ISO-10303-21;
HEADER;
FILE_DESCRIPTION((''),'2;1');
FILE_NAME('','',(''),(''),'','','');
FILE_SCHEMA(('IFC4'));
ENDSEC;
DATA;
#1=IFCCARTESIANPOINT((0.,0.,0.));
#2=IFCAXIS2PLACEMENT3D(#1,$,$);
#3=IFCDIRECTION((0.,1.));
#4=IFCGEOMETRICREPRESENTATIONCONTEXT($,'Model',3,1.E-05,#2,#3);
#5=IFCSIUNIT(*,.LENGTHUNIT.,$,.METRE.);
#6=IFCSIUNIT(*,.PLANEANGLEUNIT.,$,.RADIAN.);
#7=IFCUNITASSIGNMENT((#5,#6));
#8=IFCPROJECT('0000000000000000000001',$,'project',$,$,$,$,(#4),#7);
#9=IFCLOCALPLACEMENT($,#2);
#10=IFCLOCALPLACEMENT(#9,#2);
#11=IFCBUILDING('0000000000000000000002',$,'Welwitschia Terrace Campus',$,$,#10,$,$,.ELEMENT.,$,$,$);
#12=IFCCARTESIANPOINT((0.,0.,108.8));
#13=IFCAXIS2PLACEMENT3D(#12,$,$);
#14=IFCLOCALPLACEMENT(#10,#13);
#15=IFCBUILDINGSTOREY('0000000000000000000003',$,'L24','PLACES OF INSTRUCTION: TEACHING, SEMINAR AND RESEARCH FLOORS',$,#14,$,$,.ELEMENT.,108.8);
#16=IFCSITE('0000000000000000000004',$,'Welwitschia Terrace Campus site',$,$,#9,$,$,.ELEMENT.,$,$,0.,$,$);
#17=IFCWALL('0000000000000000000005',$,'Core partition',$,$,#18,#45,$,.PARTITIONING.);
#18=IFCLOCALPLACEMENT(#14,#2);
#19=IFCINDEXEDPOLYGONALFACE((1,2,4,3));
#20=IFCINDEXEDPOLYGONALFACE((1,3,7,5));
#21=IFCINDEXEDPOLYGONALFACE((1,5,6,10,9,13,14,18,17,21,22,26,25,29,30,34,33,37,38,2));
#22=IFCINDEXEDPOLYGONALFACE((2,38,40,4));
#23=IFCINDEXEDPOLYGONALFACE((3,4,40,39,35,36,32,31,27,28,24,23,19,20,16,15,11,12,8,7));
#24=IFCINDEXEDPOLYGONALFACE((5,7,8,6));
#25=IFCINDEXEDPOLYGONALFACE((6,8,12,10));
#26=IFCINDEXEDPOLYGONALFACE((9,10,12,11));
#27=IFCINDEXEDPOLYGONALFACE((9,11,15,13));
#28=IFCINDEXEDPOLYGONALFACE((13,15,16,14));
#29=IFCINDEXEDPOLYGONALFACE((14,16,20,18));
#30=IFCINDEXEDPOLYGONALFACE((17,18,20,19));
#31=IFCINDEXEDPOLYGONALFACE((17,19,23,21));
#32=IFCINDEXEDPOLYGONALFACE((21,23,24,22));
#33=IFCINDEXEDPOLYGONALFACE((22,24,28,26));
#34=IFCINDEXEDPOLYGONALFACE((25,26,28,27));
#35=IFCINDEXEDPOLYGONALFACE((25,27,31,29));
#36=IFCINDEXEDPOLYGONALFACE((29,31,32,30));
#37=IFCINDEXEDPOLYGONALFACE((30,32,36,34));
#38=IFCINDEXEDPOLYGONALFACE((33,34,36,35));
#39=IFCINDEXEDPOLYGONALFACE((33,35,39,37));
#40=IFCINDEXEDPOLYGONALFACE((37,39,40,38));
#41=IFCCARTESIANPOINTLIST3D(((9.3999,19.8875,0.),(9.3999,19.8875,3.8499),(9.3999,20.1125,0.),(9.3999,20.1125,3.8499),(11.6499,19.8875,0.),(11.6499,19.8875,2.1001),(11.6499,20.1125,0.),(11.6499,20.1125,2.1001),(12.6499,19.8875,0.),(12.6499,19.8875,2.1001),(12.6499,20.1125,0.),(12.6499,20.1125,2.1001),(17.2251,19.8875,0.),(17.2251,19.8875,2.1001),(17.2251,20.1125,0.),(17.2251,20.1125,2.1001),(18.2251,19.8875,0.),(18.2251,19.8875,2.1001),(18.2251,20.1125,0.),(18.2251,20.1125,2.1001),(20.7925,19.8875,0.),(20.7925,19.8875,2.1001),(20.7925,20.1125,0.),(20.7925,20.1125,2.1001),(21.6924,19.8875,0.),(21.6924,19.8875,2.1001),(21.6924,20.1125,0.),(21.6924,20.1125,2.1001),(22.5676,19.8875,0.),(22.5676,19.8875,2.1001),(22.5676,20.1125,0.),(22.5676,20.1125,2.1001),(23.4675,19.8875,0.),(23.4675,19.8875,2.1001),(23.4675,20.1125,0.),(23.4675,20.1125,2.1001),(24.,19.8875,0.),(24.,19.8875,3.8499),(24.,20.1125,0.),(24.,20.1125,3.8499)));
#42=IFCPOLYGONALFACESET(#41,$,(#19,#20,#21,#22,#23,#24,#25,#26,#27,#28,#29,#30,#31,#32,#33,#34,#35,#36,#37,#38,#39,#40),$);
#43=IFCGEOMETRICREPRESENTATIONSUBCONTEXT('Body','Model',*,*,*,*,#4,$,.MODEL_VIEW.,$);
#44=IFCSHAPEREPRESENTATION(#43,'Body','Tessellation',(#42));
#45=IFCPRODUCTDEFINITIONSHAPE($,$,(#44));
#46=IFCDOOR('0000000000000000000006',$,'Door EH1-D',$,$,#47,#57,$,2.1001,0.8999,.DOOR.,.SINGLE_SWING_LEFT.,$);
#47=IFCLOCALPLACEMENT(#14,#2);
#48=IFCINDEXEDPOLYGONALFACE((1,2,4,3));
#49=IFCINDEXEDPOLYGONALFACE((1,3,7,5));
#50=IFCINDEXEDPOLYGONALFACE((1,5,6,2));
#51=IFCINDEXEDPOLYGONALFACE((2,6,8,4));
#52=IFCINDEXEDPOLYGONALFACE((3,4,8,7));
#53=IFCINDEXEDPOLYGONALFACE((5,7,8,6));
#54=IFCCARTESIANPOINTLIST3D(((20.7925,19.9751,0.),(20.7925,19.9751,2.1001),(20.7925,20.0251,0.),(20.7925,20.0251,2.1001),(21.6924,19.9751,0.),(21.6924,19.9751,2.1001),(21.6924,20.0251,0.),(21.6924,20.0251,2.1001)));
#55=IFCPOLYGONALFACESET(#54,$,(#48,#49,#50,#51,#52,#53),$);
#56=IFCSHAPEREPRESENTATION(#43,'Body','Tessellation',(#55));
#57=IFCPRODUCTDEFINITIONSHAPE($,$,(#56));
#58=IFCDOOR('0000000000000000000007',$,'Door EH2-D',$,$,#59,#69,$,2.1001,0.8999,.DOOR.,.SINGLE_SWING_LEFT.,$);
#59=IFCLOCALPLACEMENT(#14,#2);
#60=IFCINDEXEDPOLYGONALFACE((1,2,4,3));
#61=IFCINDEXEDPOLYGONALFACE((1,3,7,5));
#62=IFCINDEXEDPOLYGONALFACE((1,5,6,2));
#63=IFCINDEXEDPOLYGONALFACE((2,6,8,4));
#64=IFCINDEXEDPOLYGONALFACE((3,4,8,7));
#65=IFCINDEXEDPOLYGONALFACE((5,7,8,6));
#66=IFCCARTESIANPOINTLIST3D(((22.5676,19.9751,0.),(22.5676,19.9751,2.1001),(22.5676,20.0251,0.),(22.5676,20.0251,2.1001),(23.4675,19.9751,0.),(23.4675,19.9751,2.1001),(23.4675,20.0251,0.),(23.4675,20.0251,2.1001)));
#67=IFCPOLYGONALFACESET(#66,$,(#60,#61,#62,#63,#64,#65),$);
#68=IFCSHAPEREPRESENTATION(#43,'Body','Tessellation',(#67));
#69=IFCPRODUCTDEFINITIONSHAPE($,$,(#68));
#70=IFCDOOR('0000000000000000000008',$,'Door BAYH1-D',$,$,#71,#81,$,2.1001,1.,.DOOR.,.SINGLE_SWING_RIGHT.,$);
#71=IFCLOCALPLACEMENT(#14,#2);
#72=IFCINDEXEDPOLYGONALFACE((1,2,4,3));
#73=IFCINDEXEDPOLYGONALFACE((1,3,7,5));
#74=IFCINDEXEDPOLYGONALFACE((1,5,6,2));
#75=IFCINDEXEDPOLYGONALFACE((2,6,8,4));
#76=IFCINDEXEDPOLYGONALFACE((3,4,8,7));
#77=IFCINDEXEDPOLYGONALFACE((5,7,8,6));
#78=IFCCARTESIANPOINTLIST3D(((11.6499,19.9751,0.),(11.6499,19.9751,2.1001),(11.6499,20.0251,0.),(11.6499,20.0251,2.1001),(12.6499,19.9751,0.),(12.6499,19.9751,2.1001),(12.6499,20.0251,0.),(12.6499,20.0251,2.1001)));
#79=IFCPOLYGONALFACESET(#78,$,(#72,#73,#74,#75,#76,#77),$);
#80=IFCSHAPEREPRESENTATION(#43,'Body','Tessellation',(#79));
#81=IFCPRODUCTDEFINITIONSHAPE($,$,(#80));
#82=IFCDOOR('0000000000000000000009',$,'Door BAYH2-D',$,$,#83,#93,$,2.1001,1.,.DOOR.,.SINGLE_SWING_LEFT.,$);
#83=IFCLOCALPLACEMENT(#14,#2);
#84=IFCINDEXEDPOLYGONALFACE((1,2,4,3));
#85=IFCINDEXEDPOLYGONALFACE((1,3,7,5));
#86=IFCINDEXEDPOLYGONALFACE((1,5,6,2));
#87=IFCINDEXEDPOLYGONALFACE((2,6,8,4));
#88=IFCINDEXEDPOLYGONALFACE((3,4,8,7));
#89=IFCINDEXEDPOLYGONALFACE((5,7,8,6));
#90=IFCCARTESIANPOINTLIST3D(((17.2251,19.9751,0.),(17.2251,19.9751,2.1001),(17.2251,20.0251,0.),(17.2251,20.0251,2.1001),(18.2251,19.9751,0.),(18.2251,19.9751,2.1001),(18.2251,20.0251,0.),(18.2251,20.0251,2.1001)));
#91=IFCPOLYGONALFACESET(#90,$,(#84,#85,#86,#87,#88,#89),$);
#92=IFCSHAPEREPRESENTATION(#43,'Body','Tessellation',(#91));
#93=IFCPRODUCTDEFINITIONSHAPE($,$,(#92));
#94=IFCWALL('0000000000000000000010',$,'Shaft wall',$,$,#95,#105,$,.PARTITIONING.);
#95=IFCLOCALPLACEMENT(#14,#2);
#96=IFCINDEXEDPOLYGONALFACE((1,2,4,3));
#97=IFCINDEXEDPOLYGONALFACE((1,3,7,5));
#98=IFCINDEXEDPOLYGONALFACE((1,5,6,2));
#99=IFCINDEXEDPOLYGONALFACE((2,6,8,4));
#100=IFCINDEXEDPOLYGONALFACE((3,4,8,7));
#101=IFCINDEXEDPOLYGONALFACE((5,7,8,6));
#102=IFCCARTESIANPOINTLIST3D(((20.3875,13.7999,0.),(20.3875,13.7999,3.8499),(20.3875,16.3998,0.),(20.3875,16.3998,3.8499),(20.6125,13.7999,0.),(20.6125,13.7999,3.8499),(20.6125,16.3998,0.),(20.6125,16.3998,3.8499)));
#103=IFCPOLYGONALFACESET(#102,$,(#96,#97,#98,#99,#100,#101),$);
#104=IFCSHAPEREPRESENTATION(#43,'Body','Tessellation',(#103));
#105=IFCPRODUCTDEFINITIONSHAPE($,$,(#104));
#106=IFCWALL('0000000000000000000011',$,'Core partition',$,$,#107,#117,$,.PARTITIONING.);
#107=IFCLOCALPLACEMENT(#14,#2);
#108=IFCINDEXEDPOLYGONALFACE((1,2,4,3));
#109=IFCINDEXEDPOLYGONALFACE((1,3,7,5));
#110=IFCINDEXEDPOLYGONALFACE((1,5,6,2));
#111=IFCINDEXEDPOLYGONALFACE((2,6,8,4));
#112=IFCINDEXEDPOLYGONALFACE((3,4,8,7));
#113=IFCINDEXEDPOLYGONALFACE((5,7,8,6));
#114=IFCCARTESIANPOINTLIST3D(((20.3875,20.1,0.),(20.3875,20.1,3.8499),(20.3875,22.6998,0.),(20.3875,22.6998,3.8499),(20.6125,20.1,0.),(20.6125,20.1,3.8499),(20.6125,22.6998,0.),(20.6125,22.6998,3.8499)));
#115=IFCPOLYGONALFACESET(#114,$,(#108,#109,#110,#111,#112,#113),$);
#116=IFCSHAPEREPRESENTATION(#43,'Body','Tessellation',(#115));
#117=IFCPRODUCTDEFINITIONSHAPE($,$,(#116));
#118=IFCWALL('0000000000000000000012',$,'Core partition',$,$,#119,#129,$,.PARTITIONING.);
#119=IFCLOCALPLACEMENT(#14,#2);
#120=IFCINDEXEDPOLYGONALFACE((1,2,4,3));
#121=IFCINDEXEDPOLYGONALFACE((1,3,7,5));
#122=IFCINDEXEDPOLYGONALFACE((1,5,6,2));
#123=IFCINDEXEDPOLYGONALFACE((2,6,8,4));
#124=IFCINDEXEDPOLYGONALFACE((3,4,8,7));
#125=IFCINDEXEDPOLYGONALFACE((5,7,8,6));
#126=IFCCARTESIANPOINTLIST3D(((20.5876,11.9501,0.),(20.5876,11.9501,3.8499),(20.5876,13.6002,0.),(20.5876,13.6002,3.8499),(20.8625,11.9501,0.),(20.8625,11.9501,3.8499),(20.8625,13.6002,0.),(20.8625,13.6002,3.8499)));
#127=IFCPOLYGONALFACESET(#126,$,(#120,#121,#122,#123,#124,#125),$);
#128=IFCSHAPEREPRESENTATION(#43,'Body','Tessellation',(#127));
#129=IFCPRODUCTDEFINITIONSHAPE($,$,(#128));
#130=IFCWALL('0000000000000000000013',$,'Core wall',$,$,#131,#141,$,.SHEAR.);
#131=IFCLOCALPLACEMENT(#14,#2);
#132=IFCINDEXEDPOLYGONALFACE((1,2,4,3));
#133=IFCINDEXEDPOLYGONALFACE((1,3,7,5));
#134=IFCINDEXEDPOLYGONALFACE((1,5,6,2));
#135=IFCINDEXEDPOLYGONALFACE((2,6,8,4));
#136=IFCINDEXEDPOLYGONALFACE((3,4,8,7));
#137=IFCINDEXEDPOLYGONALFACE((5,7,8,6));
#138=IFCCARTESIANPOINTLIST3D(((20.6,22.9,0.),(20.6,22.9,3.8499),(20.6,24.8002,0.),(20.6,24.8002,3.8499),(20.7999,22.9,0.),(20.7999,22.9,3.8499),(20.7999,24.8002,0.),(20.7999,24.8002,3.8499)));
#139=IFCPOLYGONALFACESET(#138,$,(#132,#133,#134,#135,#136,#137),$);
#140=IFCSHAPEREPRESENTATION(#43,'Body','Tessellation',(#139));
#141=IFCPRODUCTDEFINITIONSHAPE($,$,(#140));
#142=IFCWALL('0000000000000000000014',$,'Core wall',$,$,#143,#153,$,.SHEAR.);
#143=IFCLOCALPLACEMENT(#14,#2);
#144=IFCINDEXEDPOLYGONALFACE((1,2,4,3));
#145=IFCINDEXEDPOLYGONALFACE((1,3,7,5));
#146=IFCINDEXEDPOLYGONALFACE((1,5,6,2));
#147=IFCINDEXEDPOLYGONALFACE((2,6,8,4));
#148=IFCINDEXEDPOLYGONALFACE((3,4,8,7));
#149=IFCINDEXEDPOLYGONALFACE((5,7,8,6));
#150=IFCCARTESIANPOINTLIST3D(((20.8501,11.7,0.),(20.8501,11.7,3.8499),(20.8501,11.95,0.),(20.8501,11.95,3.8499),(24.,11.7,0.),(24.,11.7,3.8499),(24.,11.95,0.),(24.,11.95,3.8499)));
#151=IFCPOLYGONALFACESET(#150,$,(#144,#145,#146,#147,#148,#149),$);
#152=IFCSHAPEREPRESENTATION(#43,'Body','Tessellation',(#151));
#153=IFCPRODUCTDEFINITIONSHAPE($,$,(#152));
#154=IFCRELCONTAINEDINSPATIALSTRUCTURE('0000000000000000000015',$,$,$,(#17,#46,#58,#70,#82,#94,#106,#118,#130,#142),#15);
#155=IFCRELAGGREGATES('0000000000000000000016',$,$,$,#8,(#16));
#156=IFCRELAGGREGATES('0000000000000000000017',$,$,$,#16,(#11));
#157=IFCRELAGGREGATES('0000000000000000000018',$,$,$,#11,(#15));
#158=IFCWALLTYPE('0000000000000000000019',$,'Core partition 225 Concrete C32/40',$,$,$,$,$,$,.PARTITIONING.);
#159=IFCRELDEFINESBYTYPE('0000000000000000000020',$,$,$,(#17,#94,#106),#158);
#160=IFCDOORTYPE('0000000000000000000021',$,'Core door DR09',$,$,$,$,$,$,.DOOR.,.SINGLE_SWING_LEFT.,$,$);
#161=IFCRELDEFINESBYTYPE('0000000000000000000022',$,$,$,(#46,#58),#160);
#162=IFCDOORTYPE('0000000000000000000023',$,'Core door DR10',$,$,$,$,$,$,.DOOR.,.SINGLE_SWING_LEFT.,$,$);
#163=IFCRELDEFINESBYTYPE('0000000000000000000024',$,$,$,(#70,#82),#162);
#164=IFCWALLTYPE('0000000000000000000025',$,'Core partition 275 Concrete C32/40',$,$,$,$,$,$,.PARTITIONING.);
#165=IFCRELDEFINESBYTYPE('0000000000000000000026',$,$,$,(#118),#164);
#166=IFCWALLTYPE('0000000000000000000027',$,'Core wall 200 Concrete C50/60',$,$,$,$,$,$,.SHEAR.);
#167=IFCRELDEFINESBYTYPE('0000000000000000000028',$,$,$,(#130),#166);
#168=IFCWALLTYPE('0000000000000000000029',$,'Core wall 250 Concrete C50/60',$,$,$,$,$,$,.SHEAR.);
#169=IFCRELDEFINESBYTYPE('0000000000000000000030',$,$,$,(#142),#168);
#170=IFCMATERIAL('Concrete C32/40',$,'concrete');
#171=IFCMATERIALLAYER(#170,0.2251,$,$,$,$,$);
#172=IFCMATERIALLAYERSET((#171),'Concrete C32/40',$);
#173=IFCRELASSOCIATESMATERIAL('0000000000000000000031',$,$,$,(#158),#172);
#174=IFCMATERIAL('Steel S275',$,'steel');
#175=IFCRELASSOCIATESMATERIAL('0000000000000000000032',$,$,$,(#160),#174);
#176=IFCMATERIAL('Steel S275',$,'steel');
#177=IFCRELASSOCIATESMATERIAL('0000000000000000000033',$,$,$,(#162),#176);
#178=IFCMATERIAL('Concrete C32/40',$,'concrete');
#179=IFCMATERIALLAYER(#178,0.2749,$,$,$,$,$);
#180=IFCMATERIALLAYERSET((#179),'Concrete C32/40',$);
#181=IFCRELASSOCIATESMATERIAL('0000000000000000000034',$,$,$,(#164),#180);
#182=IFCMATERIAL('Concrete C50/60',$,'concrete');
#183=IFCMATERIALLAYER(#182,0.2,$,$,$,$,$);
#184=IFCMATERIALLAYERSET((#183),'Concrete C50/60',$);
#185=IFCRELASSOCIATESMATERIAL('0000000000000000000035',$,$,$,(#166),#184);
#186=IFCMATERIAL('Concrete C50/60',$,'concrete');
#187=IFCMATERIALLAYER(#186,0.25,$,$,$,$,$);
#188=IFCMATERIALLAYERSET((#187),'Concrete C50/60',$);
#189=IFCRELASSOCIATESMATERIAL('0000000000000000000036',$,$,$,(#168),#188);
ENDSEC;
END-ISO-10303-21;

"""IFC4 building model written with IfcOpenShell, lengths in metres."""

from ifc_helpers import new_model, si_unit, direction, frame, frame_2d, origin, place, context, subcontext, project, spatial, rectangle, extrude, material, layer, layer_set, type_object, element, fill, save


model = new_model("IFC4")

# Units and contexts
model_context = context("Model", 3, precision=1e-05, world=origin(), true_north=direction((0.0, 1.0)))
body_context = subcontext(model_context, "Body", "Model", "MODEL_VIEW")
ifc_project = project(units=[si_unit("LENGTHUNIT", "METRE"), si_unit("PLANEANGLEUNIT", "RADIAN")], contexts=[model_context])

# Site, building, storey
site_placement = place(None, origin())
site = spatial("IfcSite", under=ifc_project, at=site_placement, Name="Welwitschia Terrace Campus site", CompositionType="ELEMENT", RefElevation=0.0)
building_placement = place(site_placement, origin())
building = spatial("IfcBuilding", under=site, at=building_placement, Name="Welwitschia Terrace Campus", CompositionType="ELEMENT")
storey_placement = place(building_placement, frame((0.0, 0.0, 108.8)))
storey = spatial("IfcBuildingStorey", under=building, at=storey_placement, Name="L24", Description="PLACES OF INSTRUCTION: TEACHING, SEMINAR AND RESEARCH FLOORS", CompositionType="ELEMENT", Elevation=108.8)

# Wall, openings, doors
ifc_material_1 = material(Name="Concrete C32/40", Category="concrete")
ifc_layer_1 = layer(ifc_material_1, 0.2251)
ifc_layer_set_1 = layer_set([ifc_layer_1], Name="Concrete C32/40")
wall_type_1 = type_object("IfcWallType", Name="Core partition 225 Concrete C32/40", PredefinedType="PARTITIONING", material=ifc_layer_set_1)
wall_1_placement = place(storey_placement, frame((24.0, 20.0, 0.0), z_axis=(0.0, 0.0, 1.0), x_axis=(-1.0, 0.0, 0.0)))
wall_1 = element("IfcWall", 1, at=wall_1_placement, inside=storey, type_object=wall_type_1, Name="Core partition", PredefinedType="PARTITIONING", context=body_context, shape_type="SweptSolid", body=[
    extrude(rectangle(XDim=14.6001, YDim=0.2251, at=frame_2d((7.3, 0.0))), origin(), (0.0, 0.0, 1.0), 3.8499),
])
opening_1_placement = place(wall_1_placement, frame((11.3501, 0.0, 0.0)))
opening_1 = element("IfcOpeningElement", 2, at=opening_1_placement, cuts=wall_1, PredefinedType="OPENING", context=body_context, shape_type="SweptSolid", body=[
    extrude(rectangle(XDim=1.0, YDim=2.1001, at=frame_2d((0.5, 1.05))), frame((0.0, 0.1226, 0.0), z_axis=(0.0, -1.0, 0.0), x_axis=(1.0, 0.0, 0.0)), (0.0, 0.0, 1.0), 0.2451),
])
opening_2_placement = place(wall_1_placement, frame((5.7749, 0.0, 0.0)))
opening_2 = element("IfcOpeningElement", 3, at=opening_2_placement, cuts=wall_1, PredefinedType="OPENING", context=body_context, shape_type="SweptSolid", body=[
    extrude(rectangle(XDim=1.0, YDim=2.1001, at=frame_2d((0.5, 1.05))), frame((0.0, 0.1226, 0.0), z_axis=(0.0, -1.0, 0.0), x_axis=(1.0, 0.0, 0.0)), (0.0, 0.0, 1.0), 0.2451),
])
opening_3_placement = place(wall_1_placement, frame((2.3076, 0.0, 0.0)))
opening_3 = element("IfcOpeningElement", 4, at=opening_3_placement, cuts=wall_1, PredefinedType="OPENING", context=body_context, shape_type="SweptSolid", body=[
    extrude(rectangle(XDim=0.8999, YDim=2.1001, at=frame_2d((0.45, 1.05))), frame((0.0, 0.1226, 0.0), z_axis=(0.0, -1.0, 0.0), x_axis=(1.0, 0.0, 0.0)), (0.0, 0.0, 1.0), 0.2451),
])
opening_4_placement = place(wall_1_placement, frame((0.5325, 0.0, 0.0)))
opening_4 = element("IfcOpeningElement", 5, at=opening_4_placement, cuts=wall_1, PredefinedType="OPENING", context=body_context, shape_type="SweptSolid", body=[
    extrude(rectangle(XDim=0.8999, YDim=2.1001, at=frame_2d((0.45, 1.05))), frame((0.0, 0.1226, 0.0), z_axis=(0.0, -1.0, 0.0), x_axis=(1.0, 0.0, 0.0)), (0.0, 0.0, 1.0), 0.2451),
])
ifc_material_2 = material(Name="Steel S275", Category="steel")
door_type_1 = type_object("IfcDoorType", Name="Core door DR09", OperationType="SINGLE_SWING_LEFT", PredefinedType="DOOR", material=ifc_material_2)
door_1_placement = place(opening_3_placement, origin())
door_1 = element("IfcDoor", 6, at=door_1_placement, inside=storey, type_object=door_type_1, Name="Door EH1-D", OperationType="SINGLE_SWING_LEFT", OverallHeight=2.1001, OverallWidth=0.8999, PredefinedType="DOOR", context=body_context, shape_type="SweptSolid", body=[
    extrude(rectangle(XDim=0.8999, YDim=2.1001, at=frame_2d((0.45, 1.05))), frame((0.0, 0.0249, 0.0), z_axis=(0.0, -1.0, 0.0), x_axis=(1.0, 0.0, 0.0)), (0.0, 0.0, 1.0), 0.05),
])
fill(opening_3, door_1)
door_2_placement = place(opening_4_placement, origin())
door_2 = element("IfcDoor", 7, at=door_2_placement, inside=storey, type_object=door_type_1, Name="Door EH2-D", OperationType="SINGLE_SWING_LEFT", OverallHeight=2.1001, OverallWidth=0.8999, PredefinedType="DOOR", context=body_context, shape_type="SweptSolid", body=[
    extrude(rectangle(XDim=0.8999, YDim=2.1001, at=frame_2d((0.45, 1.05))), frame((0.0, 0.0249, 0.0), z_axis=(0.0, -1.0, 0.0), x_axis=(1.0, 0.0, 0.0)), (0.0, 0.0, 1.0), 0.05),
])
fill(opening_4, door_2)
ifc_material_3 = material(Name="Steel S275", Category="steel")
door_type_2 = type_object("IfcDoorType", Name="Core door DR10", OperationType="SINGLE_SWING_LEFT", PredefinedType="DOOR", material=ifc_material_3)
door_3_placement = place(opening_1_placement, origin())
door_3 = element("IfcDoor", 8, at=door_3_placement, inside=storey, type_object=door_type_2, Name="Door BAYH1-D", OperationType="SINGLE_SWING_RIGHT", OverallHeight=2.1001, OverallWidth=1.0, PredefinedType="DOOR", context=body_context, shape_type="SweptSolid", body=[
    extrude(rectangle(XDim=1.0, YDim=2.1001, at=frame_2d((0.5, 1.05))), frame((0.0, 0.0249, 0.0), z_axis=(0.0, -1.0, 0.0), x_axis=(1.0, 0.0, 0.0)), (0.0, 0.0, 1.0), 0.05),
])
fill(opening_1, door_3)
door_4_placement = place(opening_2_placement, origin())
door_4 = element("IfcDoor", 9, at=door_4_placement, inside=storey, type_object=door_type_2, Name="Door BAYH2-D", OperationType="SINGLE_SWING_LEFT", OverallHeight=2.1001, OverallWidth=1.0, PredefinedType="DOOR", context=body_context, shape_type="SweptSolid", body=[
    extrude(rectangle(XDim=1.0, YDim=2.1001, at=frame_2d((0.5, 1.05))), frame((0.0, 0.0249, 0.0), z_axis=(0.0, -1.0, 0.0), x_axis=(1.0, 0.0, 0.0)), (0.0, 0.0, 1.0), 0.05),
])
fill(opening_2, door_4)

# Walls
for number, where, z_axis, x_axis, name in (
    (10, (20.5, 13.8, 0.0), (0.0, 0.0, 1.0), (0.0, 1.0, 0.0), "Shaft wall"),
    (11, (20.5, 20.1001, 0.0), (0.0, 0.0, 1.0), (0.0, 1.0, 0.0), "Core partition"),
):
    element("IfcWall", number, at=place(storey_placement, frame(where, z_axis=z_axis, x_axis=x_axis)), inside=storey, type_object=wall_type_1, Name=name, PredefinedType="PARTITIONING", context=body_context, shape_type="SweptSolid", body=[
        extrude(rectangle(XDim=2.5999, YDim=0.2251, at=frame_2d((1.2998, 0.0))), origin(), (0.0, 0.0, 1.0), 3.8499),
    ])
ifc_material_4 = material(Name="Concrete C32/40", Category="concrete")
ifc_layer_2 = layer(ifc_material_4, 0.2749)
ifc_layer_set_2 = layer_set([ifc_layer_2], Name="Concrete C32/40")
wall_type_2 = type_object("IfcWallType", Name="Core partition 275 Concrete C32/40", PredefinedType="PARTITIONING", material=ifc_layer_set_2)
wall_2_placement = place(storey_placement, frame((20.7251, 11.95, 0.0), z_axis=(0.0, 0.0, 1.0), x_axis=(0.0, 1.0, 0.0)))
element("IfcWall", 12, at=wall_2_placement, inside=storey, type_object=wall_type_2, Name="Core partition", PredefinedType="PARTITIONING", context=body_context, shape_type="SweptSolid", body=[
    extrude(rectangle(XDim=1.6501, YDim=0.2749, at=frame_2d((0.8252, 0.0))), origin(), (0.0, 0.0, 1.0), 3.8499),
])
ifc_material_5 = material(Name="Concrete C50/60", Category="concrete")
ifc_layer_3 = layer(ifc_material_5, 0.2)
ifc_layer_set_3 = layer_set([ifc_layer_3], Name="Concrete C50/60")
wall_type_3 = type_object("IfcWallType", Name="Core wall 200 Concrete C50/60", PredefinedType="SHEAR", material=ifc_layer_set_3)
wall_3_placement = place(storey_placement, frame((20.7, 22.8999, 0.0), z_axis=(0.0, 0.0, 1.0), x_axis=(0.0, 1.0, 0.0)))
element("IfcWall", 13, at=wall_3_placement, inside=storey, type_object=wall_type_3, Name="Core wall", PredefinedType="SHEAR", context=body_context, shape_type="SweptSolid", body=[
    extrude(rectangle(XDim=1.9001, YDim=0.2, at=frame_2d((0.9502, 0.0))), origin(), (0.0, 0.0, 1.0), 3.8499),
])
ifc_material_6 = material(Name="Concrete C50/60", Category="concrete")
ifc_layer_4 = layer(ifc_material_6, 0.25)
ifc_layer_set_4 = layer_set([ifc_layer_4], Name="Concrete C50/60")
wall_type_4 = type_object("IfcWallType", Name="Core wall 250 Concrete C50/60", PredefinedType="SHEAR", material=ifc_layer_set_4)
wall_4_placement = place(storey_placement, frame((20.8501, 11.825, 0.0), z_axis=(0.0, 0.0, 1.0), x_axis=(1.0, 0.0, 0.0)))
element("IfcWall", 14, at=wall_4_placement, inside=storey, type_object=wall_type_4, Name="Core wall", PredefinedType="SHEAR", context=body_context, shape_type="SweptSolid", body=[
    extrude(rectangle(XDim=3.1499, YDim=0.25, at=frame_2d((1.575, 0.0))), origin(), (0.0, 0.0, 1.0), 3.8499),
])

save(model, "model.ifc")
